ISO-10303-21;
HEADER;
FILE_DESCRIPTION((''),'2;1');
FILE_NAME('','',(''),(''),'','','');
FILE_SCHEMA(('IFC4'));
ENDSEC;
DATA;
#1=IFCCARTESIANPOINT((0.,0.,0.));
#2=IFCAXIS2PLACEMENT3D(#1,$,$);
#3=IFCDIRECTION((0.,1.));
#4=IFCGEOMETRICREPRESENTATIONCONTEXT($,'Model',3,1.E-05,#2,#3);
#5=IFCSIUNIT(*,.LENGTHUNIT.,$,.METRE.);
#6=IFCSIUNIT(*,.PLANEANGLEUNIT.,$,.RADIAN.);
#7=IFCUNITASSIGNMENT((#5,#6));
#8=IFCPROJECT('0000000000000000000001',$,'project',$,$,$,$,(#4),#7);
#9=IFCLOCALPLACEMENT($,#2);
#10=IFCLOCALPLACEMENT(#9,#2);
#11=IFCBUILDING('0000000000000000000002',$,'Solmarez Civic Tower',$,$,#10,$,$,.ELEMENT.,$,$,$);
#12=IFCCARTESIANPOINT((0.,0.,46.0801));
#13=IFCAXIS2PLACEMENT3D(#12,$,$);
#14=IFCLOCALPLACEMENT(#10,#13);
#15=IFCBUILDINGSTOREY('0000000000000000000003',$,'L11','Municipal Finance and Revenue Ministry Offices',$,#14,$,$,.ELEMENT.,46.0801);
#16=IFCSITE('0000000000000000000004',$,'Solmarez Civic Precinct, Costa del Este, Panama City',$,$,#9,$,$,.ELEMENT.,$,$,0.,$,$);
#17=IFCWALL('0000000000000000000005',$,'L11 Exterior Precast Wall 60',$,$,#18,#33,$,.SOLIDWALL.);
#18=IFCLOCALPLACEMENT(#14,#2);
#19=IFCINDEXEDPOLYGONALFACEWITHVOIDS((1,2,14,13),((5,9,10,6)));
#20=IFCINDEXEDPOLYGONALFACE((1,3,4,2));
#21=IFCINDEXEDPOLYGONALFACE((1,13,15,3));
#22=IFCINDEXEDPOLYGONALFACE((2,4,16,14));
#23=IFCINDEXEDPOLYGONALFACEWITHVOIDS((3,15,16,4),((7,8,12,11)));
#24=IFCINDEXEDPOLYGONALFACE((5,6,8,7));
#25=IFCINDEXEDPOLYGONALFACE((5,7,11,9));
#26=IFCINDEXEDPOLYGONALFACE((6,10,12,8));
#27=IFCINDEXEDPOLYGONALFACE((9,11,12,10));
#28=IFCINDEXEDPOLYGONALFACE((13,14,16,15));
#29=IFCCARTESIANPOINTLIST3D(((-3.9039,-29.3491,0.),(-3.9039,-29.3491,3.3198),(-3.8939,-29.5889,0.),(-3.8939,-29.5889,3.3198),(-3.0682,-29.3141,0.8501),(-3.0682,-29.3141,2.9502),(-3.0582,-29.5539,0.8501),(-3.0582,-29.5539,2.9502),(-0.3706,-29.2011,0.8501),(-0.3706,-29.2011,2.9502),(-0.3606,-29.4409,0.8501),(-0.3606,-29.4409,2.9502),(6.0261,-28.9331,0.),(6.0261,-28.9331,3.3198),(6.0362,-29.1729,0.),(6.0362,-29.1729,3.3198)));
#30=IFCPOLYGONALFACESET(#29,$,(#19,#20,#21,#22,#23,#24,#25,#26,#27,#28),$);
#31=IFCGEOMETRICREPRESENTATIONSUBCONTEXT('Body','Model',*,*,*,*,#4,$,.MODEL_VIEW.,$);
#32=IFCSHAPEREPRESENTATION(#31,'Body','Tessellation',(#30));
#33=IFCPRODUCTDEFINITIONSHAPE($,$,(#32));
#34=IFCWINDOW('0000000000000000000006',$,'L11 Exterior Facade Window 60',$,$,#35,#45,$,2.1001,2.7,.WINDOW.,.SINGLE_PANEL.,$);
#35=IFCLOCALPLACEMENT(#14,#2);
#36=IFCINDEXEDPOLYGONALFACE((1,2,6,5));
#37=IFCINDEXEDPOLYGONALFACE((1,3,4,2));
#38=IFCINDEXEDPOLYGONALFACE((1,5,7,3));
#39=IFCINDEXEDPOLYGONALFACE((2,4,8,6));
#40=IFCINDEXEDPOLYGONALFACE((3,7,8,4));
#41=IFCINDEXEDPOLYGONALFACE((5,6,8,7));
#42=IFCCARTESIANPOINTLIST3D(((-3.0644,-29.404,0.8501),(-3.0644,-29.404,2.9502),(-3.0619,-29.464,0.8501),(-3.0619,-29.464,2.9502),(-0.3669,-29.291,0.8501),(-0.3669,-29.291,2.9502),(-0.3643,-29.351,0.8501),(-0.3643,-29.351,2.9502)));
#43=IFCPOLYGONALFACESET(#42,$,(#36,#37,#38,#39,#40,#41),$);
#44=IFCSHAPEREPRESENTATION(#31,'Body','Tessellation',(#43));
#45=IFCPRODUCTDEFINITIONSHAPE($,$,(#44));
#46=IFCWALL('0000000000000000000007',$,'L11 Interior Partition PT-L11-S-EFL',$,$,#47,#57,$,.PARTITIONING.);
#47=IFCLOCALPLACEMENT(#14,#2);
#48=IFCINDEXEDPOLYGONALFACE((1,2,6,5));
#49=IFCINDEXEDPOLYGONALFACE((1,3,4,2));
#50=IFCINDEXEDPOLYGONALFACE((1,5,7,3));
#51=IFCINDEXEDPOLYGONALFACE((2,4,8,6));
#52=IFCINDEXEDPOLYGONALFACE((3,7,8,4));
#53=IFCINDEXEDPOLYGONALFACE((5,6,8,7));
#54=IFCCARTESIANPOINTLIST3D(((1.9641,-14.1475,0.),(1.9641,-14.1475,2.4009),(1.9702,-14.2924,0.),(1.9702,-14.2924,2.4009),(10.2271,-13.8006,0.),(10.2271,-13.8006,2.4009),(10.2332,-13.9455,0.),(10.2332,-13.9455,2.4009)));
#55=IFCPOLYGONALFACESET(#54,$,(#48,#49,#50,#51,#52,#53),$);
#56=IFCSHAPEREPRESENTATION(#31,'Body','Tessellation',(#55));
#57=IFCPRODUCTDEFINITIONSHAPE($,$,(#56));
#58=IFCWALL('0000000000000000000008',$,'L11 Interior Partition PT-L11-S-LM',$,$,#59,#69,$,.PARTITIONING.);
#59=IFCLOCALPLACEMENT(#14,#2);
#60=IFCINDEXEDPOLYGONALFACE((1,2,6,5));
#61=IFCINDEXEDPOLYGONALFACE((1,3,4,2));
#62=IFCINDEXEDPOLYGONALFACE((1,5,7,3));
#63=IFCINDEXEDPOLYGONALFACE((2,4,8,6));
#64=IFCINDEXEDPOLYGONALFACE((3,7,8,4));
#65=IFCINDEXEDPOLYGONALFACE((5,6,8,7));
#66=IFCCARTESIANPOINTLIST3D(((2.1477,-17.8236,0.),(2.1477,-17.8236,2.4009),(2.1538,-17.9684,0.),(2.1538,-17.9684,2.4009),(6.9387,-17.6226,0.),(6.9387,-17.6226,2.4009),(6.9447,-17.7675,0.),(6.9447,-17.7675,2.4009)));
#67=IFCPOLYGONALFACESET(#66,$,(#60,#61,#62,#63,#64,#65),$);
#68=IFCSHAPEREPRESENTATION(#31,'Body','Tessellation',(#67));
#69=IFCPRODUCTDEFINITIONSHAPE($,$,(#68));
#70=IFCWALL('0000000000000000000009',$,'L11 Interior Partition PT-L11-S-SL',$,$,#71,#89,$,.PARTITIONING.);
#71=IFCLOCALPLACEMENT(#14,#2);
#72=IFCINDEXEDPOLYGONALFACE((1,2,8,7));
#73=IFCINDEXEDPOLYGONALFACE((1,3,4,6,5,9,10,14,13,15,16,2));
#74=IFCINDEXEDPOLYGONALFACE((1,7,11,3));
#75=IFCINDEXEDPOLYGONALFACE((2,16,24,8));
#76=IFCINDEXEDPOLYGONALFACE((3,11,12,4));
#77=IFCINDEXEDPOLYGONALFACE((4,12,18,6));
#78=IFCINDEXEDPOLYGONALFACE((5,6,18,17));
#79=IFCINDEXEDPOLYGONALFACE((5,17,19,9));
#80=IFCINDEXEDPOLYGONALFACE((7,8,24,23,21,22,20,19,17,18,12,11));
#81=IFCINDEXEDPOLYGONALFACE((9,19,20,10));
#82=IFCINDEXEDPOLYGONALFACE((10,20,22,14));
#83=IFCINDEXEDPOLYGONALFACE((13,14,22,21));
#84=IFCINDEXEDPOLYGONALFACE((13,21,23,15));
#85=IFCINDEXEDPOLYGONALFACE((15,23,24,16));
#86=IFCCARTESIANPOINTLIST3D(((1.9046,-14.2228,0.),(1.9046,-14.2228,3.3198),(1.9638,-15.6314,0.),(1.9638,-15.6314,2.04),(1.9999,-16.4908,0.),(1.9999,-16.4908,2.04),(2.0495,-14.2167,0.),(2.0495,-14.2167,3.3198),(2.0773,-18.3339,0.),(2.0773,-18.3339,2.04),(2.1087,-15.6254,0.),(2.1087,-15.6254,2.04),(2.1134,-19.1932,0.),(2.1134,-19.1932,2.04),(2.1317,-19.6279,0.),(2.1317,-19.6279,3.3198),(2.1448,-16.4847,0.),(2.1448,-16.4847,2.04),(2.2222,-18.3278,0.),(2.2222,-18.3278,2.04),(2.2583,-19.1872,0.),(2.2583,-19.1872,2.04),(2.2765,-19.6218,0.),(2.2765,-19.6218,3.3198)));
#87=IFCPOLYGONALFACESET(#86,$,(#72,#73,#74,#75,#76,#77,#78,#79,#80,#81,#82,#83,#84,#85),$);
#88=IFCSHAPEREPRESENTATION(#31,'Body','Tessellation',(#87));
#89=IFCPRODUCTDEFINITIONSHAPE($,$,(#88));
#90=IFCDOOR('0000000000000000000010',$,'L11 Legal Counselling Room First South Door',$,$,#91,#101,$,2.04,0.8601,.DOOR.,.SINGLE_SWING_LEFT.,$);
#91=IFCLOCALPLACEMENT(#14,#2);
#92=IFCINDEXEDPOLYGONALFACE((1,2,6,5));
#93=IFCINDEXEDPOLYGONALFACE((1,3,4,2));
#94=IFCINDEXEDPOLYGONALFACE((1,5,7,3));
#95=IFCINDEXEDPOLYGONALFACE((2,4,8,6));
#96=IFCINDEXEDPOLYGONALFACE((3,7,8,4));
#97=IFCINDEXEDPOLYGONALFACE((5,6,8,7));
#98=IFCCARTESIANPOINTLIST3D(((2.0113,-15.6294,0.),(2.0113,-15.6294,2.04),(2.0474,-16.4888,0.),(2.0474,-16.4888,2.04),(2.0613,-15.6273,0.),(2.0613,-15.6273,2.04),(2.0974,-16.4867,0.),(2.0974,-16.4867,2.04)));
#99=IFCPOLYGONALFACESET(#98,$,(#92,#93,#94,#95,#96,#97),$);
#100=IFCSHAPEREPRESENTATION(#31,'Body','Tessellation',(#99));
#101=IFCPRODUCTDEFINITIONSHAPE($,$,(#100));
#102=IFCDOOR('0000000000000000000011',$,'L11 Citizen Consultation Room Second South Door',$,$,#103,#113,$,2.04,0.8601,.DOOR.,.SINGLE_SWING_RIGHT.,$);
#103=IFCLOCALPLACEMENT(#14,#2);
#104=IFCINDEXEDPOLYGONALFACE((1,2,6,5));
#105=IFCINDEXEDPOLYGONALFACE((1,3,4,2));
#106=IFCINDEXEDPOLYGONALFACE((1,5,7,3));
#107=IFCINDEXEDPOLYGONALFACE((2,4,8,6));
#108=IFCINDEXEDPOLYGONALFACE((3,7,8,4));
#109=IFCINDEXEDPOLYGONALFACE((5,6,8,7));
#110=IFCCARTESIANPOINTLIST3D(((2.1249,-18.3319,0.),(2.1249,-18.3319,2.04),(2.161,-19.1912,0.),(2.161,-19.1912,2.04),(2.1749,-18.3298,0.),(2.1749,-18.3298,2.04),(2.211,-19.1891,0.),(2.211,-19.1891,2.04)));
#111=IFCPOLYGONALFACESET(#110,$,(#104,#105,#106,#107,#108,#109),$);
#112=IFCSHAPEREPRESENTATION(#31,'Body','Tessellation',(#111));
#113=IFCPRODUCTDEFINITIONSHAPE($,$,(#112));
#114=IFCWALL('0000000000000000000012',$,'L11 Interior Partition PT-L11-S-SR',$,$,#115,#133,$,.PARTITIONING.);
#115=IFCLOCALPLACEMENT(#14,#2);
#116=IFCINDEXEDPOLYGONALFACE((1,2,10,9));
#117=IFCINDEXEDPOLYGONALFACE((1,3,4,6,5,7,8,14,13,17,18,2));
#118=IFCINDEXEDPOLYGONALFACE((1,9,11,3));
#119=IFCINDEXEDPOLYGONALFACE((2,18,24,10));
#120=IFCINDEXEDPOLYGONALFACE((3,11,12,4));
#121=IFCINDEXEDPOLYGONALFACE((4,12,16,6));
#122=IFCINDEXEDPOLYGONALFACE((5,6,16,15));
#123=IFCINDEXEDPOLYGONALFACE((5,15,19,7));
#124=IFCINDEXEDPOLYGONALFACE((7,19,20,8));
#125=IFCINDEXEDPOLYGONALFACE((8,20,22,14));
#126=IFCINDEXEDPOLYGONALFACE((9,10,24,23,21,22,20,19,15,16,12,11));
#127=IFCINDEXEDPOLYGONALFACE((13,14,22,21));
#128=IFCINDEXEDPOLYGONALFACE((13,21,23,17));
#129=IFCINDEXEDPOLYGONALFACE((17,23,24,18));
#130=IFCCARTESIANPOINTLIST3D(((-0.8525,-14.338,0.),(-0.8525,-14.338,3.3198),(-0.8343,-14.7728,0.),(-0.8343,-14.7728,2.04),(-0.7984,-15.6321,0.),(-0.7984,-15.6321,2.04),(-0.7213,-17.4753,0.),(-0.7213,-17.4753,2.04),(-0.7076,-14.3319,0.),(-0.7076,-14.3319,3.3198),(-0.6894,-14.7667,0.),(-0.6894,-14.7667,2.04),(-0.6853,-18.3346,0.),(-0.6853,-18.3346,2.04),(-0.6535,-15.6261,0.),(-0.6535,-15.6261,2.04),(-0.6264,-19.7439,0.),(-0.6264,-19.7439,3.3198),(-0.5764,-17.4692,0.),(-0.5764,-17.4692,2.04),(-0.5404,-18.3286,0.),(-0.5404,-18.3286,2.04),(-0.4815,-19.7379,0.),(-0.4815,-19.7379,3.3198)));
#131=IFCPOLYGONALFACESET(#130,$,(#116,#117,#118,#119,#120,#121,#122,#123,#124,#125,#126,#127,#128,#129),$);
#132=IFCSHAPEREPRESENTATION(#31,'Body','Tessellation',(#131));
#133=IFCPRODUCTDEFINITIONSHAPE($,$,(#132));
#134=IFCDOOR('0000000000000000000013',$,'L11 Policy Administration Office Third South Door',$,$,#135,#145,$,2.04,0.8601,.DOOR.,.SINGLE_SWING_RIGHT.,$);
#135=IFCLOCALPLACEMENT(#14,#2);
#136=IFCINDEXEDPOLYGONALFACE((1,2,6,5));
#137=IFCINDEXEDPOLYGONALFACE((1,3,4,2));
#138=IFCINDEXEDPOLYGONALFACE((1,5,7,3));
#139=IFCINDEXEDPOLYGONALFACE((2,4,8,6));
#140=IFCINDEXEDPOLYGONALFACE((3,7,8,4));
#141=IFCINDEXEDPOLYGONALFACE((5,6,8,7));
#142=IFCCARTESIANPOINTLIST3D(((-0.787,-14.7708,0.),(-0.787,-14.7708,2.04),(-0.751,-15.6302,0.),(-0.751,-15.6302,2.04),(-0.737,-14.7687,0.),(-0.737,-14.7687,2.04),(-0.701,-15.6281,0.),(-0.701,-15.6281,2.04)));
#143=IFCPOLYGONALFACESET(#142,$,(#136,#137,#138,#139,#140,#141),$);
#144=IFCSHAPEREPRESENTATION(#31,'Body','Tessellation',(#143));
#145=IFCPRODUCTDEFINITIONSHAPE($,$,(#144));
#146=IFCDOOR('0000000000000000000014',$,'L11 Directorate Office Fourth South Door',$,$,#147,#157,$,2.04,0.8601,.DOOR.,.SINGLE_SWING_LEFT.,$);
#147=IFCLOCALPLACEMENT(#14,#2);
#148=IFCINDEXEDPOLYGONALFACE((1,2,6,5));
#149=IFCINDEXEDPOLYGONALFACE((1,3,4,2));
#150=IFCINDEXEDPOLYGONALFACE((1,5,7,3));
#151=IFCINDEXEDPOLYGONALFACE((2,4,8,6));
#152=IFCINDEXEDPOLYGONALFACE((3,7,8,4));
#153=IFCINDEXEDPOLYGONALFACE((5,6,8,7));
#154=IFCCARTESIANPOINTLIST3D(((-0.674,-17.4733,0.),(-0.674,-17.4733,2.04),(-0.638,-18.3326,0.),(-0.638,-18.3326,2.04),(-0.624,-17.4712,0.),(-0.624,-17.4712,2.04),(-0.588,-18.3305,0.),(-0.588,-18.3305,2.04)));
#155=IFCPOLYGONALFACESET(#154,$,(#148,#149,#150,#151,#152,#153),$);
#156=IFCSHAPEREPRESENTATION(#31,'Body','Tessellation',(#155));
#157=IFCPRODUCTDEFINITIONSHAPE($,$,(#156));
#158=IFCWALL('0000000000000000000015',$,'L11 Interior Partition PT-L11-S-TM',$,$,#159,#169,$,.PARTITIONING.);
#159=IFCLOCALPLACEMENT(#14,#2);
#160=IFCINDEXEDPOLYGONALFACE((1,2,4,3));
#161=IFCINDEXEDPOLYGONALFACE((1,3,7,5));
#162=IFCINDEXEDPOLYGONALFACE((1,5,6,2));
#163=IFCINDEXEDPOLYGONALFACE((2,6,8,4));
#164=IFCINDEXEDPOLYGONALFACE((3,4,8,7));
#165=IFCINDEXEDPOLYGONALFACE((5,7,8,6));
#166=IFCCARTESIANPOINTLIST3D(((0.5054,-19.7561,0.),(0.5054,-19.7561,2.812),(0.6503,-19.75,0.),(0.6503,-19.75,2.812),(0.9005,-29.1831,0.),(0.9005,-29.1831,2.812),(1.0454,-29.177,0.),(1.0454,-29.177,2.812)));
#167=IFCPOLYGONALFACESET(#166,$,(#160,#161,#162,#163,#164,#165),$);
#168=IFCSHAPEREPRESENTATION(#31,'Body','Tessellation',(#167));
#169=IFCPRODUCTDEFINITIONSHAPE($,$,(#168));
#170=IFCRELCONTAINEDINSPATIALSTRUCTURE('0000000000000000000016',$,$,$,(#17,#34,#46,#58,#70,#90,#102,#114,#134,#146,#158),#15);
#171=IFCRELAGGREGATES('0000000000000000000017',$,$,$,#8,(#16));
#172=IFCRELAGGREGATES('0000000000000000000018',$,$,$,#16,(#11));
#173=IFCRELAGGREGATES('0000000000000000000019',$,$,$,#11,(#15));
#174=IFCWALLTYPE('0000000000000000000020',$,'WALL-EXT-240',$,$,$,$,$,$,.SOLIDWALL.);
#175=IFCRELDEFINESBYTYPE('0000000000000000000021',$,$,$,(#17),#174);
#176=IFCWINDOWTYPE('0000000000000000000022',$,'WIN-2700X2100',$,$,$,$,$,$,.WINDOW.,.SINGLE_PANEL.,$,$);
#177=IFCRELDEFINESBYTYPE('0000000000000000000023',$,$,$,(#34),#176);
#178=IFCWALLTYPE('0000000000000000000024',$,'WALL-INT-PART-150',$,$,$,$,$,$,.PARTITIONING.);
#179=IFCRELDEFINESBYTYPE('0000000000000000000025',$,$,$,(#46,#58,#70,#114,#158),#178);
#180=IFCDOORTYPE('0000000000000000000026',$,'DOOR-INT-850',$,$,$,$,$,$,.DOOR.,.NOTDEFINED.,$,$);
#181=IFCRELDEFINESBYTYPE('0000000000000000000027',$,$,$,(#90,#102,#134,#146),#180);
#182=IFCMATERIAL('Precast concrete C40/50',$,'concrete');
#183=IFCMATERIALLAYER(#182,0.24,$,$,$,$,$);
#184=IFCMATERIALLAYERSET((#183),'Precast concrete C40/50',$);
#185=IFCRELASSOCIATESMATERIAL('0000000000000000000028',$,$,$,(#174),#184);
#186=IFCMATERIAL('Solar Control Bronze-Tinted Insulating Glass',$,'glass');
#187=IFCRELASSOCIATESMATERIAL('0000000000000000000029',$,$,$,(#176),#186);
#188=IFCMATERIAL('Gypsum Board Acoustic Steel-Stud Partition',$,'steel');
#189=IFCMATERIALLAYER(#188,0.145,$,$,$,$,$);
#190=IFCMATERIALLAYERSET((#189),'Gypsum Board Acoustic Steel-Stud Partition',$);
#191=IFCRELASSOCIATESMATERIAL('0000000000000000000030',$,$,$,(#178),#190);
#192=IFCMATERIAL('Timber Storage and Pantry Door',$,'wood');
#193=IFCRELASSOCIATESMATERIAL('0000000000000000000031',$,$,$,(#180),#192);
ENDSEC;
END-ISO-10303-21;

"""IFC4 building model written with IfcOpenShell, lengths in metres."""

from ifc_helpers import new_model, si_unit, direction, frame, frame_2d, origin, place, context, subcontext, project, spatial, rectangle, extrude, material, layer, layer_set, type_object, element, fill, save


model = new_model("IFC4")

# Units and contexts
model_context = context("Model", 3, precision=1e-05, world=origin(), true_north=direction((0.0, 1.0)))
body_context = subcontext(model_context, "Body", "Model", "MODEL_VIEW")
ifc_project = project(units=[si_unit("LENGTHUNIT", "METRE"), si_unit("PLANEANGLEUNIT", "RADIAN")], contexts=[model_context])

# Site, building, storey
site_placement = place(None, origin())
site = spatial("IfcSite", under=ifc_project, at=site_placement, Name="Solmarez Civic Precinct, Costa del Este, Panama City", CompositionType="ELEMENT", RefElevation=0.0)
building_placement = place(site_placement, origin())
building = spatial("IfcBuilding", under=site, at=building_placement, Name="Solmarez Civic Tower", CompositionType="ELEMENT")
storey_placement = place(building_placement, frame((0.0, 0.0, 46.0801)))
storey = spatial("IfcBuildingStorey", under=building, at=storey_placement, Name="L11", Description="Municipal Finance and Revenue Ministry Offices", CompositionType="ELEMENT", Elevation=46.0801)

# Shared definitions
ifc_material_1 = material(Name="Precast concrete C40/50", Category="concrete")
ifc_layer_1 = layer(ifc_material_1, 0.24)
ifc_layer_set_1 = layer_set([ifc_layer_1], Name="Precast concrete C40/50")
wall_type_1 = type_object("IfcWallType", Name="WALL-EXT-240", PredefinedType="SOLIDWALL", material=ifc_layer_set_1)
ifc_material_2 = material(Name="Solar Control Bronze-Tinted Insulating Glass", Category="glass")

# Wall, opening, window
wall_1_placement = place(storey_placement, frame((6.031, -29.053, 0.0), z_axis=(0.0, 0.0, 1.0), x_axis=(-0.999124, -0.041858, 0.0)))
wall_1 = element("IfcWall", 1, at=wall_1_placement, inside=storey, type_object=wall_type_1, Name="L11 Exterior Precast Wall 60", PredefinedType="SOLIDWALL", context=body_context, shape_type="SweptSolid", body=[
    extrude(rectangle(XDim=9.9387, YDim=0.24, at=frame_2d((4.9692, 0.0))), origin(), (0.0, 0.0, 1.0), 3.3198),
])
opening_1_placement = place(wall_1_placement, frame((6.4021, 0.0, 0.8501)))
opening_1 = element("IfcOpeningElement", 2, at=opening_1_placement, cuts=wall_1, PredefinedType="OPENING", context=body_context, shape_type="SweptSolid", body=[
    extrude(rectangle(XDim=2.7, YDim=2.1001, at=frame_2d((1.3501, 1.05))), frame((0.0, 0.1299, 0.0), z_axis=(0.0, -1.0, 0.0), x_axis=(1.0, 0.0, 0.0)), (0.0, 0.0, 1.0), 0.26),
])
window_type_1 = type_object("IfcWindowType", Name="WIN-2700X2100", PartitioningType="SINGLE_PANEL", PredefinedType="WINDOW", material=ifc_material_2)
window_1_placement = place(opening_1_placement, origin())
window_1 = element("IfcWindow", 3, at=window_1_placement, inside=storey, type_object=window_type_1, Name="L11 Exterior Facade Window 60", OverallHeight=2.1001, OverallWidth=2.7, PartitioningType="SINGLE_PANEL", PredefinedType="WINDOW", context=body_context, shape_type="SweptSolid", body=[
    extrude(rectangle(XDim=2.7, YDim=2.1001, at=frame_2d((1.3501, 1.05))), frame((0.0, 0.03, 0.0), z_axis=(0.0, -1.0, 0.0), x_axis=(1.0, 0.0, 0.0)), (0.0, 0.0, 1.0), 0.0601),
])
fill(opening_1, window_1)

# Walls
ifc_material_3 = material(Name="Gypsum Board Acoustic Steel-Stud Partition", Category="steel")
ifc_layer_2 = layer(ifc_material_3, 0.145)
ifc_layer_set_2 = layer_set([ifc_layer_2], Name="Gypsum Board Acoustic Steel-Stud Partition")
wall_type_2 = type_object("IfcWallType", Name="WALL-INT-PART-150", PredefinedType="PARTITIONING", material=ifc_layer_set_2)
wall_2_placement = place(storey_placement, frame((1.967, -14.22, 0.0), z_axis=(0.0, 0.0, 1.0), x_axis=(0.99912, 0.041949, 0.0)))
element("IfcWall", 4, at=wall_2_placement, inside=storey, type_object=wall_type_2, Name="L11 Interior Partition PT-L11-S-EFL", PredefinedType="PARTITIONING", context=body_context, shape_type="SweptSolid", body=[
    extrude(rectangle(XDim=8.2703, YDim=0.145, at=frame_2d((4.1353, 0.0))), origin(), (0.0, 0.0, 1.0), 2.4009),
])
wall_3_placement = place(storey_placement, frame((2.1509, -17.896, 0.0), z_axis=(0.0, 0.0, 1.0), x_axis=(0.999122, 0.041902, 0.0)))
element("IfcWall", 5, at=wall_3_placement, inside=storey, type_object=wall_type_2, Name="L11 Interior Partition PT-L11-S-LM", PredefinedType="PARTITIONING", context=body_context, shape_type="SweptSolid", body=[
    extrude(rectangle(XDim=4.7952, YDim=0.145, at=frame_2d((2.3975, 0.0))), origin(), (0.0, 0.0, 1.0), 2.4009),
])

# Walls, openings, doors
wall_4_placement = place(storey_placement, frame((2.2041, -19.625, 0.0), z_axis=(0.0, 0.0, 1.0), x_axis=(-0.04197, 0.999119, 0.0)))
wall_4 = element("IfcWall", 6, at=wall_4_placement, inside=storey, type_object=wall_type_2, Name="L11 Interior Partition PT-L11-S-SL", PredefinedType="PARTITIONING", context=body_context, shape_type="SweptSolid", body=[
    extrude(rectangle(XDim=5.4099, YDim=0.145, at=frame_2d((2.7051, 0.0))), origin(), (0.0, 0.0, 1.0), 3.3198),
])
opening_2_placement = place(wall_4_placement, frame((3.1399, 0.0, 0.0)))
opening_2 = element("IfcOpeningElement", 7, at=opening_2_placement, cuts=wall_4, PredefinedType="OPENING", context=body_context, shape_type="SweptSolid", body=[
    extrude(rectangle(XDim=0.8601, YDim=2.04, at=frame_2d((0.4302, 1.02))), frame((0.0, 0.0825, 0.0), z_axis=(0.0, -1.0, 0.0), x_axis=(1.0, 0.0, 0.0)), (0.0, 0.0, 1.0), 0.165),
])
opening_3_placement = place(wall_4_placement, frame((0.4351, 0.0, 0.0)))
opening_3 = element("IfcOpeningElement", 8, at=opening_3_placement, cuts=wall_4, PredefinedType="OPENING", context=body_context, shape_type="SweptSolid", body=[
    extrude(rectangle(XDim=0.8601, YDim=2.04, at=frame_2d((0.4302, 1.02))), frame((0.0, 0.0825, 0.0), z_axis=(0.0, -1.0, 0.0), x_axis=(1.0, 0.0, 0.0)), (0.0, 0.0, 1.0), 0.165),
])
ifc_material_4 = material(Name="Timber Storage and Pantry Door", Category="wood")
door_type = type_object("IfcDoorType", Name="DOOR-INT-850", OperationType="NOTDEFINED", PredefinedType="DOOR", material=ifc_material_4)
door_1_placement = place(opening_2_placement, origin())
door_1 = element("IfcDoor", 9, at=door_1_placement, inside=storey, type_object=door_type, Name="L11 Legal Counselling Room First South Door", OperationType="SINGLE_SWING_LEFT", OverallHeight=2.04, OverallWidth=0.8601, PredefinedType="DOOR", context=body_context, shape_type="SweptSolid", body=[
    extrude(rectangle(XDim=0.8601, YDim=2.04, at=frame_2d((0.4302, 1.02))), frame((0.0, 0.0249, 0.0), z_axis=(0.0, -1.0, 0.0), x_axis=(1.0, 0.0, 0.0)), (0.0, 0.0, 1.0), 0.05),
])
fill(opening_2, door_1)
door_2_placement = place(opening_3_placement, origin())
door_2 = element("IfcDoor", 10, at=door_2_placement, inside=storey, type_object=door_type, Name="L11 Citizen Consultation Room Second South Door", OperationType="SINGLE_SWING_RIGHT", OverallHeight=2.04, OverallWidth=0.8601, PredefinedType="DOOR", context=body_context, shape_type="SweptSolid", body=[
    extrude(rectangle(XDim=0.8601, YDim=2.04, at=frame_2d((0.4302, 1.02))), frame((0.0, 0.0249, 0.0), z_axis=(0.0, -1.0, 0.0), x_axis=(1.0, 0.0, 0.0)), (0.0, 0.0, 1.0), 0.05),
])
fill(opening_3, door_2)
wall_5_placement = place(storey_placement, frame((-0.78, -14.335, 0.0), z_axis=(0.0, 0.0, 1.0), x_axis=(0.041783, -0.999127, 0.0)))
wall_5 = element("IfcWall", 11, at=wall_5_placement, inside=storey, type_object=wall_type_2, Name="L11 Interior Partition PT-L11-S-SR", PredefinedType="PARTITIONING", context=body_context, shape_type="SweptSolid", body=[
    extrude(rectangle(XDim=5.4106, YDim=0.145, at=frame_2d((2.7053, 0.0))), origin(), (0.0, 0.0, 1.0), 3.3198),
])
opening_4_placement = place(wall_5_placement, frame((0.4351, 0.0, 0.0)))
opening_4 = element("IfcOpeningElement", 12, at=opening_4_placement, cuts=wall_5, PredefinedType="OPENING", context=body_context, shape_type="SweptSolid", body=[
    extrude(rectangle(XDim=0.8601, YDim=2.04, at=frame_2d((0.4302, 1.02))), frame((0.0, 0.0825, 0.0), z_axis=(0.0, -1.0, 0.0), x_axis=(1.0, 0.0, 0.0)), (0.0, 0.0, 1.0), 0.165),
])
opening_5_placement = place(wall_5_placement, frame((3.1399, 0.0, 0.0)))
opening_5 = element("IfcOpeningElement", 13, at=opening_5_placement, cuts=wall_5, PredefinedType="OPENING", context=body_context, shape_type="SweptSolid", body=[
    extrude(rectangle(XDim=0.8601, YDim=2.04, at=frame_2d((0.4302, 1.02))), frame((0.0, 0.0825, 0.0), z_axis=(0.0, -1.0, 0.0), x_axis=(1.0, 0.0, 0.0)), (0.0, 0.0, 1.0), 0.165),
])
door_3_placement = place(opening_4_placement, origin())
door_3 = element("IfcDoor", 14, at=door_3_placement, inside=storey, type_object=door_type, Name="L11 Policy Administration Office Third South Door", OperationType="SINGLE_SWING_RIGHT", OverallHeight=2.04, OverallWidth=0.8601, PredefinedType="DOOR", context=body_context, shape_type="SweptSolid", body=[
    extrude(rectangle(XDim=0.8601, YDim=2.04, at=frame_2d((0.4302, 1.02))), frame((0.0, 0.0249, 0.0), z_axis=(0.0, -1.0, 0.0), x_axis=(1.0, 0.0, 0.0)), (0.0, 0.0, 1.0), 0.05),
])
fill(opening_4, door_3)
door_4_placement = place(opening_5_placement, origin())
door_4 = element("IfcDoor", 15, at=door_4_placement, inside=storey, type_object=door_type, Name="L11 Directorate Office Fourth South Door", OperationType="SINGLE_SWING_LEFT", OverallHeight=2.04, OverallWidth=0.8601, PredefinedType="DOOR", context=body_context, shape_type="SweptSolid", body=[
    extrude(rectangle(XDim=0.8601, YDim=2.04, at=frame_2d((0.4302, 1.02))), frame((0.0, 0.0249, 0.0), z_axis=(0.0, -1.0, 0.0), x_axis=(1.0, 0.0, 0.0)), (0.0, 0.0, 1.0), 0.05),
])
fill(opening_5, door_4)

# Wall
wall_6_placement = place(storey_placement, frame((0.5779, -19.7529, 0.0), z_axis=(0.0, 0.0, 1.0), x_axis=(0.041866, -0.999123, 0.0)))
element("IfcWall", 16, at=wall_6_placement, inside=storey, type_object=wall_type_2, Name="L11 Interior Partition PT-L11-S-TM", PredefinedType="PARTITIONING", context=body_context, shape_type="SweptSolid", body=[
    extrude(rectangle(XDim=9.4353, YDim=0.145, at=frame_2d((4.7178, 0.0))), origin(), (0.0, 0.0, 1.0), 2.812),
])

save(model, "model.ifc")
